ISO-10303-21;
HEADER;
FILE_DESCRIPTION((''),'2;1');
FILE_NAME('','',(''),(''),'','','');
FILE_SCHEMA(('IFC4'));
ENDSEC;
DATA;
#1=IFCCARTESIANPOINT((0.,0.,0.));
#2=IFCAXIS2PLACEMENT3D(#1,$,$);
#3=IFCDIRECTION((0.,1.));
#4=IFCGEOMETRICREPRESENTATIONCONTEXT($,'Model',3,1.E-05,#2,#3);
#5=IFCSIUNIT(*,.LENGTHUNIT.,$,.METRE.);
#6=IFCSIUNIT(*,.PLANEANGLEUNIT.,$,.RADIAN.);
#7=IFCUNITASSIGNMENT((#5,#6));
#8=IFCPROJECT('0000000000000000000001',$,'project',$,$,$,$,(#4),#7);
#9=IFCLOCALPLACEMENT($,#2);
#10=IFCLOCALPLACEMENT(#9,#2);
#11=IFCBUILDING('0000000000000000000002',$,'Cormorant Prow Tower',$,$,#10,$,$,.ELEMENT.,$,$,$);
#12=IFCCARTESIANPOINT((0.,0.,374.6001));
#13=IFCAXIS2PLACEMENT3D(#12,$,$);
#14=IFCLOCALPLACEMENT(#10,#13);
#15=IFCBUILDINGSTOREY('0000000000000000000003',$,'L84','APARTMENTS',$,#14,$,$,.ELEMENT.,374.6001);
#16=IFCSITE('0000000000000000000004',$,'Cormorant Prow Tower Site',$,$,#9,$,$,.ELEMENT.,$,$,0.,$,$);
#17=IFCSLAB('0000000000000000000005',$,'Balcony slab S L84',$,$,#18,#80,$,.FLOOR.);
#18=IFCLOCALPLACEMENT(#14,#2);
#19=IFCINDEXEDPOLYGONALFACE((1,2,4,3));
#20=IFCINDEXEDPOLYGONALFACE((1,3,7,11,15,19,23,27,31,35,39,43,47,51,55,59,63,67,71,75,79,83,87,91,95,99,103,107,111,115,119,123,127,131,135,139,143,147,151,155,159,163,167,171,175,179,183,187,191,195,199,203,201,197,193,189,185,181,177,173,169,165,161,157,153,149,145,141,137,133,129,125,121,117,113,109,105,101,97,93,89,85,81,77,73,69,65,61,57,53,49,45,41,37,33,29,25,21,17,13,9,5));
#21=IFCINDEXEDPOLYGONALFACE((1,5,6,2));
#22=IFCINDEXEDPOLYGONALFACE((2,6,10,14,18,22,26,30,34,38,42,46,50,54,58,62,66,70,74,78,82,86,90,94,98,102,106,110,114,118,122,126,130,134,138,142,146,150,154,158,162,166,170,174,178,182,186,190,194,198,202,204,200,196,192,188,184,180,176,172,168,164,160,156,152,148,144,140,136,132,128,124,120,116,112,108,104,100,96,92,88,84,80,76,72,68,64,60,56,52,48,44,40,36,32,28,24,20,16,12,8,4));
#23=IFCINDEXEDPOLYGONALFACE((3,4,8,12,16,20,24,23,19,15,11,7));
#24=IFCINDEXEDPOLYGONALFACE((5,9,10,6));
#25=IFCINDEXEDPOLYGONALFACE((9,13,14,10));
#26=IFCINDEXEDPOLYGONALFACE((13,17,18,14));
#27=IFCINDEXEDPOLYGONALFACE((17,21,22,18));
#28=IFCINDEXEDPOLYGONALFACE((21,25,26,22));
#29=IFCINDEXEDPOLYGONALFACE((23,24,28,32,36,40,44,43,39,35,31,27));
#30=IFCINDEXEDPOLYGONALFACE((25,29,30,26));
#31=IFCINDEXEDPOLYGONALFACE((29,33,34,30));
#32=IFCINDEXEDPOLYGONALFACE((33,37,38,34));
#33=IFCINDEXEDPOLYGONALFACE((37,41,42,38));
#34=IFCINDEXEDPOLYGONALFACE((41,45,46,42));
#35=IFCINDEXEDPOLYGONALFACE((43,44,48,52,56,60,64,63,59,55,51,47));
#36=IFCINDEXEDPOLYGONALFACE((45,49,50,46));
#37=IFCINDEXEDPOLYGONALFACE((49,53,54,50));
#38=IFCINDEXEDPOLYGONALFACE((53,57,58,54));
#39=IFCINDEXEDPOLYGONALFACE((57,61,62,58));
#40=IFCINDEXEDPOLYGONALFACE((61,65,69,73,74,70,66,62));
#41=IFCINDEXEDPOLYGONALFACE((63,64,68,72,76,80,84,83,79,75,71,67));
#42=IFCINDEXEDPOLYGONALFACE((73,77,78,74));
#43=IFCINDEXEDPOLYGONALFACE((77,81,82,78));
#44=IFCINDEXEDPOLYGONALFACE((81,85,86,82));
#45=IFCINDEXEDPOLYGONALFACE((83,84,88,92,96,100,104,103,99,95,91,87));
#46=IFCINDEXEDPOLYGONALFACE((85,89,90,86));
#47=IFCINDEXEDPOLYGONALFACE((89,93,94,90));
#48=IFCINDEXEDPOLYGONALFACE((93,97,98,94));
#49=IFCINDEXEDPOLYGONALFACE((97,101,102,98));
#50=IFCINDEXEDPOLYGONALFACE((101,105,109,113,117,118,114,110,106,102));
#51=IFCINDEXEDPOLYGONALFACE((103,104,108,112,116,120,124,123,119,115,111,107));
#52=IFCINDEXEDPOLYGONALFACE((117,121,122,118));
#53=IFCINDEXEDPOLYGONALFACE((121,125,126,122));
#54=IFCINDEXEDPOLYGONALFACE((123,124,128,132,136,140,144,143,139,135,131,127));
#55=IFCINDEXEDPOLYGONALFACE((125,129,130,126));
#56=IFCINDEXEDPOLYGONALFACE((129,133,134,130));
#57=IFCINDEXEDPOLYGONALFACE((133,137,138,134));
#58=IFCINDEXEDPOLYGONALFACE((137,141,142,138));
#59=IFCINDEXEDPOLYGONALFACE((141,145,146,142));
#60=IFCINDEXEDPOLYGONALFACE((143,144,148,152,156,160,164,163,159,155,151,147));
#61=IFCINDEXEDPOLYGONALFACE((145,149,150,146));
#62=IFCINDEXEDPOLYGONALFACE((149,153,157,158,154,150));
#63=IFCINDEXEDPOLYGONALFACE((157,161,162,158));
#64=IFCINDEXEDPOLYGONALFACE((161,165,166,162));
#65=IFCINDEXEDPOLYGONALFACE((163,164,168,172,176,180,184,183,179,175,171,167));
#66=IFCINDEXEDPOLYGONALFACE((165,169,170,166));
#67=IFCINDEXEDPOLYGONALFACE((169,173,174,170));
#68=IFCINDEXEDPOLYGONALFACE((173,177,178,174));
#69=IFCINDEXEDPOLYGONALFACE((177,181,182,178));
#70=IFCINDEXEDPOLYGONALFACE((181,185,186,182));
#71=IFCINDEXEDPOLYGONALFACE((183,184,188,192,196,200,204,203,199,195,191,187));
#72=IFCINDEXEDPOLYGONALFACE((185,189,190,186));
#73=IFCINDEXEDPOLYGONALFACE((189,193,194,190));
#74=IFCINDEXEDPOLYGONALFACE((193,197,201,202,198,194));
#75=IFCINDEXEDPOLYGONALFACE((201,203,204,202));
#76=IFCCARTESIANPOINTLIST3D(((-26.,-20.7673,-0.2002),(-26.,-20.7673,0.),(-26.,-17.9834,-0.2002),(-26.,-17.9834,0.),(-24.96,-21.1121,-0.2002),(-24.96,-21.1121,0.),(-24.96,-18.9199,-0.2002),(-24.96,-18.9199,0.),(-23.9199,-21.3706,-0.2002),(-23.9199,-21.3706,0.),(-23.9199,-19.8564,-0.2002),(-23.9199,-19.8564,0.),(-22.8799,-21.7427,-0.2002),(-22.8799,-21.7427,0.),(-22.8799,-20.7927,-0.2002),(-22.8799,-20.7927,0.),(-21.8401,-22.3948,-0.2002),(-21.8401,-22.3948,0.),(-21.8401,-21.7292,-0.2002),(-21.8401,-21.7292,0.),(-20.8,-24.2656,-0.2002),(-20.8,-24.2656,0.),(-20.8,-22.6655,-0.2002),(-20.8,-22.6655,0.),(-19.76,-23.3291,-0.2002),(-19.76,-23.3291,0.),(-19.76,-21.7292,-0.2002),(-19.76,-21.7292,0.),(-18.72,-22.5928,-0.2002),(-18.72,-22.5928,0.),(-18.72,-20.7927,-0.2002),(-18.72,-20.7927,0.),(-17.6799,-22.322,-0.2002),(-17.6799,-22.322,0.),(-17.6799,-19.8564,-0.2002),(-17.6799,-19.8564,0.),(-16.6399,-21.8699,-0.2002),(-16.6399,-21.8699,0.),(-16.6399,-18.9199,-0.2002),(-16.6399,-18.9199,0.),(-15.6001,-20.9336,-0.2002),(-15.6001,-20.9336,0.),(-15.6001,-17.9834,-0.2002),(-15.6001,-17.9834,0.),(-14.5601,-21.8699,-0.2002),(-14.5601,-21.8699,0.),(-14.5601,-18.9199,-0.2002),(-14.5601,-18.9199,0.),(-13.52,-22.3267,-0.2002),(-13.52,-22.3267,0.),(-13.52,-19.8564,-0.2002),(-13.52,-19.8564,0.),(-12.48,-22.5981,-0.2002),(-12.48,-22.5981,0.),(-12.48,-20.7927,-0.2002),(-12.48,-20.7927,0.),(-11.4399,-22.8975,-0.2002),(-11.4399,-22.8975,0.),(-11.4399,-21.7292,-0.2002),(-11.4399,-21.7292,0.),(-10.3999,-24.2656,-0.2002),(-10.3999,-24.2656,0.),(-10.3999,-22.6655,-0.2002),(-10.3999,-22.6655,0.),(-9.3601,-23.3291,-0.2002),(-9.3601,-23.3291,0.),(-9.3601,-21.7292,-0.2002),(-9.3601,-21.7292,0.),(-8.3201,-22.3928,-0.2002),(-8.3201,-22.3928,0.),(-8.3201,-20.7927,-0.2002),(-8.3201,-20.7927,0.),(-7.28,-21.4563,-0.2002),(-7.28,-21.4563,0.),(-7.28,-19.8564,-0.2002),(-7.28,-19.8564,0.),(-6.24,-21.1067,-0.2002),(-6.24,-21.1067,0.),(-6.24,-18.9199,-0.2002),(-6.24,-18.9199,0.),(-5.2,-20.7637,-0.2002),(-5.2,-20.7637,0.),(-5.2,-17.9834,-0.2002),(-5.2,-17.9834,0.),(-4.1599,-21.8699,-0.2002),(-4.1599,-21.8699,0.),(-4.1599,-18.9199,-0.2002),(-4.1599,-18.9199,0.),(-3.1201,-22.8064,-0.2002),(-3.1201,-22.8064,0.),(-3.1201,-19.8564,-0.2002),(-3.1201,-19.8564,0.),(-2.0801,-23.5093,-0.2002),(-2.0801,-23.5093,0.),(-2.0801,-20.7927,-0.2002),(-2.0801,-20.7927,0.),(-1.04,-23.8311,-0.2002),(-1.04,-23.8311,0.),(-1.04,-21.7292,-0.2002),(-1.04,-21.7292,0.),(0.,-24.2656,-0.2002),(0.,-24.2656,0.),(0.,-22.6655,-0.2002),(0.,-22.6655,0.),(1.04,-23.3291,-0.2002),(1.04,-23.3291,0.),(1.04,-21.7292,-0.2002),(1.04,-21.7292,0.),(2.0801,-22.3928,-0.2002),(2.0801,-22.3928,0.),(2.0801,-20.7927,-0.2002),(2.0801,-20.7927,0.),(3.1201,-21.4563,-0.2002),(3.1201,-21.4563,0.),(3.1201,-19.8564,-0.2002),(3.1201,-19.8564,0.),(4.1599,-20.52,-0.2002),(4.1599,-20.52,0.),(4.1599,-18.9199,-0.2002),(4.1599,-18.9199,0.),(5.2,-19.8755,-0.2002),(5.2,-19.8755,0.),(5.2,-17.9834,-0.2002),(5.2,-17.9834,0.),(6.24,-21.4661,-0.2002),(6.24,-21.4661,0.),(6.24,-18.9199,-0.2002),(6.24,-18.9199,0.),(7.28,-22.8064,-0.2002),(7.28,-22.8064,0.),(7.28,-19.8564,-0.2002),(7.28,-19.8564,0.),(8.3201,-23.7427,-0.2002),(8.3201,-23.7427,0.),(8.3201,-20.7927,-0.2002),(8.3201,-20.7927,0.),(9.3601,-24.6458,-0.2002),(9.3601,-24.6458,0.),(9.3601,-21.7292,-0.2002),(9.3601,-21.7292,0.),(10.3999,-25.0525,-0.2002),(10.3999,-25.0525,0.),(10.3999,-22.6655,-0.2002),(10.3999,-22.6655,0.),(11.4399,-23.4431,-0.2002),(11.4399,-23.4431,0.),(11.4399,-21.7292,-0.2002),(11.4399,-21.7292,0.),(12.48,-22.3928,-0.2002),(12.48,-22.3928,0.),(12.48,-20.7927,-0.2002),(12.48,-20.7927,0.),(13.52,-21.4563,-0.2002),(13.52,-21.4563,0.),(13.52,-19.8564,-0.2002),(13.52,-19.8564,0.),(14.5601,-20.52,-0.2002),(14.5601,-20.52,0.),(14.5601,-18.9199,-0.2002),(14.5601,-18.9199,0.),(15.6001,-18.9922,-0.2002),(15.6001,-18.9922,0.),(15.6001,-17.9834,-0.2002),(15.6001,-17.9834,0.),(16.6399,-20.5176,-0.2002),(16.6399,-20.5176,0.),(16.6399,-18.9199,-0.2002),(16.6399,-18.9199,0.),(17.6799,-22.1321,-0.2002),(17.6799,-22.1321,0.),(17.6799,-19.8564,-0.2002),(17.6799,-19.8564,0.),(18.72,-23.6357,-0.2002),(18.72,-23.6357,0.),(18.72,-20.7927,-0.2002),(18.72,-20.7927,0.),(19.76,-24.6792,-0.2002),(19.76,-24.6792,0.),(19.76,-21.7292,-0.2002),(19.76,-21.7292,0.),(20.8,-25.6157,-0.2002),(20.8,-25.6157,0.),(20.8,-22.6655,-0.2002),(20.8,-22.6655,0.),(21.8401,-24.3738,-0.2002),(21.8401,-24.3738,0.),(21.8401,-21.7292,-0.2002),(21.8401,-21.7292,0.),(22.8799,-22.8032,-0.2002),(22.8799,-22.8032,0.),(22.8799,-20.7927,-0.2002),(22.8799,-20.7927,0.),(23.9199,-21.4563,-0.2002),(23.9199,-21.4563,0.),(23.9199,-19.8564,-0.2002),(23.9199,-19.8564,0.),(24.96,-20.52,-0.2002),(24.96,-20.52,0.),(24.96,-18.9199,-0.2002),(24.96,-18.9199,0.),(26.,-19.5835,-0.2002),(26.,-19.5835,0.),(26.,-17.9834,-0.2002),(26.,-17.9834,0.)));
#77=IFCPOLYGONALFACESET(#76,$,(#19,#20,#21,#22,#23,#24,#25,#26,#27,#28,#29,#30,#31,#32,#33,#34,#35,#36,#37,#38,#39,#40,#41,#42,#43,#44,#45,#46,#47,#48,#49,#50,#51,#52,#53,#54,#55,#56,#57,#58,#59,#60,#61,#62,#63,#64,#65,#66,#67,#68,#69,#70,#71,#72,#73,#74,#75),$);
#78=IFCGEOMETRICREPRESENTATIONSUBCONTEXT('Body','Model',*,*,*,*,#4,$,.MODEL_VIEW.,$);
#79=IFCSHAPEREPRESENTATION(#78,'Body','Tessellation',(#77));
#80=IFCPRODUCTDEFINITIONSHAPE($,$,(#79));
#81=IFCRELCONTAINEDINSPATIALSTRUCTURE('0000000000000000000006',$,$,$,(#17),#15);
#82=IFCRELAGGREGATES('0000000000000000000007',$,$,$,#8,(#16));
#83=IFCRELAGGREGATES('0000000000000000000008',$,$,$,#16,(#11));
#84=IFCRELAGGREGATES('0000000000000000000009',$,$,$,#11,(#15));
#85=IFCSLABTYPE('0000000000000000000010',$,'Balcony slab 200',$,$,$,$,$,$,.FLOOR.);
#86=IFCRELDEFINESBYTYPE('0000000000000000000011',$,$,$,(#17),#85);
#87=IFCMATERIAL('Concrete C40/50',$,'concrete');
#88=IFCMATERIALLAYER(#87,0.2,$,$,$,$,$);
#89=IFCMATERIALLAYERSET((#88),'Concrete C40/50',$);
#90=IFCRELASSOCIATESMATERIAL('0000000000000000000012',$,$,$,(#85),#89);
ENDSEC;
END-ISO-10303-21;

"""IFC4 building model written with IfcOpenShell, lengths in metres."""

from ifc_helpers import new_model, si_unit, direction, frame, origin, place, context, subcontext, project, spatial, polyline, outline, extrude, material, layer, layer_set, type_object, element, save


model = new_model("IFC4")

# Units and contexts
model_context = context("Model", 3, precision=1e-05, world=origin(), true_north=direction((0.0, 1.0)))
body_context = subcontext(model_context, "Body", "Model", "MODEL_VIEW")
ifc_project = project(units=[si_unit("LENGTHUNIT", "METRE"), si_unit("PLANEANGLEUNIT", "RADIAN")], contexts=[model_context])

# Site, building, storey
site_placement = place(None, origin())
site = spatial("IfcSite", under=ifc_project, at=site_placement, Name="Cormorant Prow Tower Site", CompositionType="ELEMENT", RefElevation=0.0)
building_placement = place(site_placement, origin())
building = spatial("IfcBuilding", under=site, at=building_placement, Name="Cormorant Prow Tower", CompositionType="ELEMENT")
storey_placement = place(building_placement, frame((0.0, 0.0, 374.6001)))
storey = spatial("IfcBuildingStorey", under=building, at=storey_placement, Name="L84", Description="APARTMENTS", CompositionType="ELEMENT", Elevation=374.6001)

# Slab
ifc_material_1 = material(Name="Concrete C40/50", Category="concrete")
ifc_layer_1 = layer(ifc_material_1, 0.2)
ifc_layer_set_1 = layer_set([ifc_layer_1], Name="Concrete C40/50")
slab_type_1 = type_object("IfcSlabType", Name="Balcony slab 200", PredefinedType="FLOOR", material=ifc_layer_set_1)
slab_1_placement = place(storey_placement, frame((0.0, 0.0, -0.2002)))
element("IfcSlab", 1, at=slab_1_placement, inside=storey, type_object=slab_type_1, Name="Balcony slab S L84", PredefinedType="FLOOR", context=body_context, shape_type="SweptSolid", body=[
    extrude(outline(polyline([(-26.0, -17.9834), (-26.0, -20.7673), (-24.96, -21.1121), (-23.9199, -21.3706), (-22.8799, -21.7427), (-21.8401, -22.3948), (-20.8, -24.2656), (-19.76, -23.3291), (-18.72, -22.5928), (-17.6799, -22.322), (-16.6399, -21.8699), (-15.6001, -20.9336), (-14.5601, -21.8699), (-13.52, -22.3267), (-12.48, -22.5981), (-11.4399, -22.8975), (-10.3999, -24.2656), (-9.3601, -23.3291), (-8.3201, -22.3928), (-7.28, -21.4563), (-6.24, -21.1067), (-5.2, -20.7637), (-4.1599, -21.8699), (-3.1201, -22.8064), (-2.0801, -23.5093), (-1.04, -23.8311), (0.0, -24.2656), (1.04, -23.3291), (2.0801, -22.3928), (3.1201, -21.4563), (4.1599, -20.52), (5.2, -19.8755), (6.24, -21.4661), (7.28, -22.8064), (8.3201, -23.7427), (9.3601, -24.6458), (10.3999, -25.0525), (11.4399, -23.4431), (12.48, -22.3928), (13.52, -21.4563), (14.5601, -20.52), (15.6001, -18.9922), (16.6399, -20.5176), (17.6799, -22.1321), (18.72, -23.6357), (19.76, -24.6792), (20.8, -25.6157), (21.8401, -24.3738), (22.8799, -22.8032), (23.9199, -21.4563), (24.96, -20.52), (26.0, -19.5835), (26.0, -17.9834), (24.96, -18.9199), (23.9199, -19.8564), (22.8799, -20.7927), (21.8401, -21.7292), (20.8, -22.6655), (19.76, -21.7292), (18.72, -20.7927), (17.6799, -19.8564), (16.6399, -18.9199), (15.6001, -17.9834), (14.5601, -18.9199), (13.52, -19.8564), (12.48, -20.7927), (11.4399, -21.7292), (10.3999, -22.6655), (9.3601, -21.7292), (8.3201, -20.7927), (7.28, -19.8564), (6.24, -18.9199), (5.2, -17.9834), (4.1599, -18.9199), (3.1201, -19.8564), (2.0801, -20.7927), (1.04, -21.7292), (0.0, -22.6655), (-1.04, -21.7292), (-2.0801, -20.7927), (-3.1201, -19.8564), (-4.1599, -18.9199), (-5.2, -17.9834), (-6.24, -18.9199), (-7.28, -19.8564), (-8.3201, -20.7927), (-9.3601, -21.7292), (-10.3999, -22.6655), (-11.4399, -21.7292), (-12.48, -20.7927), (-13.52, -19.8564), (-14.5601, -18.9199), (-15.6001, -17.9834), (-16.6399, -18.9199), (-17.6799, -19.8564), (-18.72, -20.7927), (-19.76, -21.7292), (-20.8, -22.6655), (-21.8401, -21.7292), (-22.8799, -20.7927), (-23.9199, -19.8564), (-24.96, -18.9199), (-26.0, -17.9834)])), origin(), (0.0, 0.0, 1.0), 0.2002),
])

save(model, "model.ifc")
